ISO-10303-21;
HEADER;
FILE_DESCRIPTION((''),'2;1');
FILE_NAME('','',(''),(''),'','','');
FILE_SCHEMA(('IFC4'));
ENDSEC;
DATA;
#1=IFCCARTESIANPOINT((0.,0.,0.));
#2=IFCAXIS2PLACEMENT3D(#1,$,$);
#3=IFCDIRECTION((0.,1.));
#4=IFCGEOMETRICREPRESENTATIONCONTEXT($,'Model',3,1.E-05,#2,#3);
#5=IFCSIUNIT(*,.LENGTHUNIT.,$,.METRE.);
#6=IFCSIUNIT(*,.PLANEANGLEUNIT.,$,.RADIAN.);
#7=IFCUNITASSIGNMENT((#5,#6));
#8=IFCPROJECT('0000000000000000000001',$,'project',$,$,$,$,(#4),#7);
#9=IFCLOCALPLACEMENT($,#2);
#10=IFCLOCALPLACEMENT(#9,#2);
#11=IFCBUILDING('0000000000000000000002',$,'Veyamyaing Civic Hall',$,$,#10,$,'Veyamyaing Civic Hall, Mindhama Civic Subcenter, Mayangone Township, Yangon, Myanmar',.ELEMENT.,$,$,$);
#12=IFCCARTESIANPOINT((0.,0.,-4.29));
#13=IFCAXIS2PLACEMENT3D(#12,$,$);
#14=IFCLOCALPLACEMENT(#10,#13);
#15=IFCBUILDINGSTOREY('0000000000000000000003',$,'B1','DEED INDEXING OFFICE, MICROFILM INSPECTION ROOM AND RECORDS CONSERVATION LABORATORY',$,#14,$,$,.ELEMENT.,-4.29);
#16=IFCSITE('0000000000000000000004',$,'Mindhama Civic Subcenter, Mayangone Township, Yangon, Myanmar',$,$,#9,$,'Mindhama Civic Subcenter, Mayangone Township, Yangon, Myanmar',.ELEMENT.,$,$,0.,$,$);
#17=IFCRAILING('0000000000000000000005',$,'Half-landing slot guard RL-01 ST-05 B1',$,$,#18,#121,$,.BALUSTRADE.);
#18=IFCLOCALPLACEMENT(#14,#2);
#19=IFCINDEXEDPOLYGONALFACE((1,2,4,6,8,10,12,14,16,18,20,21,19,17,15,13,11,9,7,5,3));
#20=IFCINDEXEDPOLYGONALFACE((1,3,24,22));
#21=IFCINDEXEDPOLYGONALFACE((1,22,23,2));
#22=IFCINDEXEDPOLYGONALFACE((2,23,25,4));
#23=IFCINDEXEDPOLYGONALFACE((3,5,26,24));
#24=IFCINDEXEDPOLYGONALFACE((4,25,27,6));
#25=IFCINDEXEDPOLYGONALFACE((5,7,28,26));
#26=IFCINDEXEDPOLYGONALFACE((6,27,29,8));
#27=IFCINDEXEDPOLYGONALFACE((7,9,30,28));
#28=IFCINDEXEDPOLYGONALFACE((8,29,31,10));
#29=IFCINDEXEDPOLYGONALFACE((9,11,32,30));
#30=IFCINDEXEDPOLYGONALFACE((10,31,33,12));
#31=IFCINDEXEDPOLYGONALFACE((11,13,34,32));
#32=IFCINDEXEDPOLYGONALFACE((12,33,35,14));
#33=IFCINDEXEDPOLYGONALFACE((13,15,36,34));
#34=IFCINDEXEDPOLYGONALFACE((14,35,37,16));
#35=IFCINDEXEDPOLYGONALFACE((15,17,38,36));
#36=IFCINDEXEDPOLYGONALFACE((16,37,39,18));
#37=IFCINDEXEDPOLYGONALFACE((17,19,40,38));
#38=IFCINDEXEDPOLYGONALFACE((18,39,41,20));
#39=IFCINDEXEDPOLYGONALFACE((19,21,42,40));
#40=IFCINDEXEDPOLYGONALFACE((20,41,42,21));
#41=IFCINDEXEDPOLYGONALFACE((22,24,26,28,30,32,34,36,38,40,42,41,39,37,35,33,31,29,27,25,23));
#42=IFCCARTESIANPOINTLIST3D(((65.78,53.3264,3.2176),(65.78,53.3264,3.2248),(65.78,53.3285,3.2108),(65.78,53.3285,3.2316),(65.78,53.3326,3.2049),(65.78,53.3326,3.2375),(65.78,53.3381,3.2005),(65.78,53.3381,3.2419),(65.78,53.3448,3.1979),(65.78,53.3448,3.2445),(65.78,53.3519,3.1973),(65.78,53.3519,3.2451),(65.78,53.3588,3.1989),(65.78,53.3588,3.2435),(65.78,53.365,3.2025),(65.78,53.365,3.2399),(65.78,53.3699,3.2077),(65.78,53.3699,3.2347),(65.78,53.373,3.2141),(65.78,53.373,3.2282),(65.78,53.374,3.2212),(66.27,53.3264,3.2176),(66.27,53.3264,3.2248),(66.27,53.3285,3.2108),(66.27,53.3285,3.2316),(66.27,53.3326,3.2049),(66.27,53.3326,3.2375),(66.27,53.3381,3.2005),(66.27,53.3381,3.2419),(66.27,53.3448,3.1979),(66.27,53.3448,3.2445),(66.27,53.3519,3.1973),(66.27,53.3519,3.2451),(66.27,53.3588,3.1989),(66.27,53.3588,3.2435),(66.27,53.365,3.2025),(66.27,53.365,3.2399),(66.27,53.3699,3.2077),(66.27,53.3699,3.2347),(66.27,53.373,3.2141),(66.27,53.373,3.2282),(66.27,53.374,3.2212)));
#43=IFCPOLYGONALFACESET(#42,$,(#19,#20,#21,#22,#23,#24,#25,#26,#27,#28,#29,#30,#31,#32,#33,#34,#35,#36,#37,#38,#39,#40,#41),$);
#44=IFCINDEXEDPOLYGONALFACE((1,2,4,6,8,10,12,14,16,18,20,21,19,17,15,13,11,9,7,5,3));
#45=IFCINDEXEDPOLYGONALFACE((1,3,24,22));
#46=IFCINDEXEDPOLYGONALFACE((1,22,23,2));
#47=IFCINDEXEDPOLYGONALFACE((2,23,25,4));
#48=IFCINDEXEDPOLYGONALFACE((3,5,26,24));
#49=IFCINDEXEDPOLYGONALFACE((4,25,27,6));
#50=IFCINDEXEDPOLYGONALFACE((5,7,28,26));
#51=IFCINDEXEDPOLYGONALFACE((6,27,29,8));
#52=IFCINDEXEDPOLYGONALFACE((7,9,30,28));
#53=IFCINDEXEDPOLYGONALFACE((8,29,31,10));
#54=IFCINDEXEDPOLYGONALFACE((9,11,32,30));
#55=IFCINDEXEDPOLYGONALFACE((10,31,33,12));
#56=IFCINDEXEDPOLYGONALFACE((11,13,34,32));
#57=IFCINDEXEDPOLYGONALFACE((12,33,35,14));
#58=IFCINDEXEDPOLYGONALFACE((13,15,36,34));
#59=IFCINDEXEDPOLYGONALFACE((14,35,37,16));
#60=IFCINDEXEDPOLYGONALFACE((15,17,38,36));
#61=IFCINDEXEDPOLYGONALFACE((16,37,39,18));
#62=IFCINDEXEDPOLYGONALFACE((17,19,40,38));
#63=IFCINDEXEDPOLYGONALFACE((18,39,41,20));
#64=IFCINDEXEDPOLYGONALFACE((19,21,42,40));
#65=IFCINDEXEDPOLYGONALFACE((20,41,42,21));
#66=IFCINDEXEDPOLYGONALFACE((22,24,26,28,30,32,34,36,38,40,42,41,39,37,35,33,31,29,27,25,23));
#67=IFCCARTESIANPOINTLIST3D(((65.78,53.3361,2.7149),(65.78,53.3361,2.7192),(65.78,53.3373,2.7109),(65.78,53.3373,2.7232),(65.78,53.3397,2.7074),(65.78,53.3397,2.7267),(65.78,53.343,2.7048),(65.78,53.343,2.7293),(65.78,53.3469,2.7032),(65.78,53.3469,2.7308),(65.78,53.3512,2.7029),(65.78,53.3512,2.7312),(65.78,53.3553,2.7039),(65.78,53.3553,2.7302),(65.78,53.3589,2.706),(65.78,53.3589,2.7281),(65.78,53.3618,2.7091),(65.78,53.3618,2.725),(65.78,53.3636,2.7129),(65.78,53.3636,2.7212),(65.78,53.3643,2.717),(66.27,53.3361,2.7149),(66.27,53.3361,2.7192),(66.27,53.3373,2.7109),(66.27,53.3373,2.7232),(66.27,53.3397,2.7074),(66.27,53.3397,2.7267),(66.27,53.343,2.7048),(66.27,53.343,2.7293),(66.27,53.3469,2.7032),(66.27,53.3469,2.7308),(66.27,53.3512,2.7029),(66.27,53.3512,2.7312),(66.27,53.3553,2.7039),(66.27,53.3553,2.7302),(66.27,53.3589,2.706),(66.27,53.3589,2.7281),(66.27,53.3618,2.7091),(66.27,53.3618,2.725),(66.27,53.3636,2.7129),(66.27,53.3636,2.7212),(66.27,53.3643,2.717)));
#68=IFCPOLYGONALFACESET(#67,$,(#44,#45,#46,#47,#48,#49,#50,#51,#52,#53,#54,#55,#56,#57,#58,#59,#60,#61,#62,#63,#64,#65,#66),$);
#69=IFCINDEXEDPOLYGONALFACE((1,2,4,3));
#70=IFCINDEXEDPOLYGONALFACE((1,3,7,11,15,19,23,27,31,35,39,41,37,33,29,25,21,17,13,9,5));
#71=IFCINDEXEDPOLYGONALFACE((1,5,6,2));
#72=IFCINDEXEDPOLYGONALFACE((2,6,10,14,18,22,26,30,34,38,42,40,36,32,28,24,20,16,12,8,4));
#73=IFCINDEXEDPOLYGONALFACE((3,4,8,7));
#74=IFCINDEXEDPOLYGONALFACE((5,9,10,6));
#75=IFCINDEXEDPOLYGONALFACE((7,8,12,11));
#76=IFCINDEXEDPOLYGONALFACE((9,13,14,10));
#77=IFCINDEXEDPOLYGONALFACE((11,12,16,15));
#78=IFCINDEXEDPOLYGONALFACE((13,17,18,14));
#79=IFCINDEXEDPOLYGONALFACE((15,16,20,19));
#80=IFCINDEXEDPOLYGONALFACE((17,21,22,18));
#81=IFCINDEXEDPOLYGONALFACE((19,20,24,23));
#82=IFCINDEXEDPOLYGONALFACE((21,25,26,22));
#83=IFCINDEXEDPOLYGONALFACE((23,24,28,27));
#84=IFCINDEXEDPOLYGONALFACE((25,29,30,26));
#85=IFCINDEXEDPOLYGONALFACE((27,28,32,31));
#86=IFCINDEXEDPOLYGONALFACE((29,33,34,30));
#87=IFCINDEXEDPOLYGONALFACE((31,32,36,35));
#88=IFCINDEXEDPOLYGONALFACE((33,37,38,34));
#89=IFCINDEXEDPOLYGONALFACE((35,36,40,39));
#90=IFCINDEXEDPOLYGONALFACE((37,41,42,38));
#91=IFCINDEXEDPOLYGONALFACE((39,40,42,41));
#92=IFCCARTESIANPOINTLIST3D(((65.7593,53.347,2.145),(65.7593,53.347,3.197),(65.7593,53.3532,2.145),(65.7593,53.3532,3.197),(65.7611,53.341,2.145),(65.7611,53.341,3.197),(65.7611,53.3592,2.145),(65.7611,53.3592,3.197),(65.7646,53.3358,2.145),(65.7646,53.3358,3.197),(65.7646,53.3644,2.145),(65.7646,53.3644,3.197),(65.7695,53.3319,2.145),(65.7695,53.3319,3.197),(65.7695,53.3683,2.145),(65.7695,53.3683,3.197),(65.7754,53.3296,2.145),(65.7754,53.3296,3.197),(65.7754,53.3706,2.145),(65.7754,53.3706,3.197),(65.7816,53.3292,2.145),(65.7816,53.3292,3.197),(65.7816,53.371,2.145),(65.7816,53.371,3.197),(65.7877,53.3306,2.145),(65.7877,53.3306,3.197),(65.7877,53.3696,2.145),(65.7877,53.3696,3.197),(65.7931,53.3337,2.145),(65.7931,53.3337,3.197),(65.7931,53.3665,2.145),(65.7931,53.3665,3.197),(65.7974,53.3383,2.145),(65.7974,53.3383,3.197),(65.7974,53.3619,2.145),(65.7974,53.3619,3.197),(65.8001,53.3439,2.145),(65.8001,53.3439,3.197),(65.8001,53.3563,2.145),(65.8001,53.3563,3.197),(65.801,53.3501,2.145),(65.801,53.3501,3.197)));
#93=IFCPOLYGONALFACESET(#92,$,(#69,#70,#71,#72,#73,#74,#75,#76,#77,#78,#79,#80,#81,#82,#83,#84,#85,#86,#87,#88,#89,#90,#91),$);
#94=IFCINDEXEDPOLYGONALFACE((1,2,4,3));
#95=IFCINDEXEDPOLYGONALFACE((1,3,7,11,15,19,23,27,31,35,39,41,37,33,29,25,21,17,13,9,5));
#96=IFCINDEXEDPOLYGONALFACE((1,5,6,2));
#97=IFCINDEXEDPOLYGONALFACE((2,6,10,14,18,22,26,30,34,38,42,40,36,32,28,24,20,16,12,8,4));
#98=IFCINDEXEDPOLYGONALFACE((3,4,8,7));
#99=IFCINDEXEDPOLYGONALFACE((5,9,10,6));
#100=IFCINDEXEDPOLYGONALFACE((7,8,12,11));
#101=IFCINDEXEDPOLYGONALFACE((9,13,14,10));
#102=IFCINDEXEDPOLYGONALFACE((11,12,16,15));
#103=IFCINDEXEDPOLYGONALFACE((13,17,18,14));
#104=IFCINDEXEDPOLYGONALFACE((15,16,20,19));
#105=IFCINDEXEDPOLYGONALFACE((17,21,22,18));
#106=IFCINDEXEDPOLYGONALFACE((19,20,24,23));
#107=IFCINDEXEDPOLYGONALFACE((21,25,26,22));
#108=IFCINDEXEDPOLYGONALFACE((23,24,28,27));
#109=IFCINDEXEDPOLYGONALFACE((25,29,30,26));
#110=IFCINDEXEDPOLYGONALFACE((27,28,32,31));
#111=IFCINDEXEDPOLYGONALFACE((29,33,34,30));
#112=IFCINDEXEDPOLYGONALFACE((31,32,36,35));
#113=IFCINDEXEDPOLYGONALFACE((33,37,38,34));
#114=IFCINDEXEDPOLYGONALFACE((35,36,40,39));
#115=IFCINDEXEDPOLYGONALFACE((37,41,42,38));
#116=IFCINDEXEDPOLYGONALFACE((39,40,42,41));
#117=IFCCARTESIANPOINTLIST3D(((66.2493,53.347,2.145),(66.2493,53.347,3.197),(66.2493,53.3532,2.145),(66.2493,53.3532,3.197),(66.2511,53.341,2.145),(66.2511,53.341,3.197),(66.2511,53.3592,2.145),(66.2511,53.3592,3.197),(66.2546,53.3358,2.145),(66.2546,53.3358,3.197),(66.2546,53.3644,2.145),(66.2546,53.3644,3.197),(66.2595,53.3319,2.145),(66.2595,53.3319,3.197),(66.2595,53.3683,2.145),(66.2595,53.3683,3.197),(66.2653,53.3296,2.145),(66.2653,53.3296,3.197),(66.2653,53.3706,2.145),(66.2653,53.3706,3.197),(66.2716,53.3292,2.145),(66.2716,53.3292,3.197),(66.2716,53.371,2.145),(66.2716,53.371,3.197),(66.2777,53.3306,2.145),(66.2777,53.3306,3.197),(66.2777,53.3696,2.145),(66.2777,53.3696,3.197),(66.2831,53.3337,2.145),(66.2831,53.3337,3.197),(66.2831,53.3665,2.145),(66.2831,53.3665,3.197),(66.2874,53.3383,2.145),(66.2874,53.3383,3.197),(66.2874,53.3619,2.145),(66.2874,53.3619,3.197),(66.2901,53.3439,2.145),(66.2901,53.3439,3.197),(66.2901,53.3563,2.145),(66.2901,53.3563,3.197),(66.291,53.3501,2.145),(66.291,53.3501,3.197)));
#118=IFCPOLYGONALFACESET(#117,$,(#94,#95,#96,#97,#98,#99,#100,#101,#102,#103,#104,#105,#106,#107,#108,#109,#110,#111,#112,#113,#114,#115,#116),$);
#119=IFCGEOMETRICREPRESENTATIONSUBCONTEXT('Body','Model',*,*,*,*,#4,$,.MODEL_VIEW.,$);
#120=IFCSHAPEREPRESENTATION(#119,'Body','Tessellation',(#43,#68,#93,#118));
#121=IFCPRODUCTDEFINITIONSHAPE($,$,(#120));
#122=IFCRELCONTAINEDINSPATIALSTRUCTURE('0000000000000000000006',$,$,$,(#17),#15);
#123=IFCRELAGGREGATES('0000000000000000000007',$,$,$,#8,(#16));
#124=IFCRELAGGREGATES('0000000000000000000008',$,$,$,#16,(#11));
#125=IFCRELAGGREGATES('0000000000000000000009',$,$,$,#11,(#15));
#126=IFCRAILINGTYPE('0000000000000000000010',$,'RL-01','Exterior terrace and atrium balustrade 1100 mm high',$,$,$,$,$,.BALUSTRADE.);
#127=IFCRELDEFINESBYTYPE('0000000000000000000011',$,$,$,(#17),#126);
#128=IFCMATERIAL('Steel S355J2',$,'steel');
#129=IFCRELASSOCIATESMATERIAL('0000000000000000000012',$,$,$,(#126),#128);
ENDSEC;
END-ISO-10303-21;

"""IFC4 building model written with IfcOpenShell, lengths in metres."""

from ifc_helpers import new_model, si_unit, direction, frame, origin, origin_2d, place, context, subcontext, project, spatial, circle, extrude, material, type_object, element, save


model = new_model("IFC4")

# Units and contexts
model_context = context("Model", 3, precision=1e-05, world=origin(), true_north=direction((0.0, 1.0)))
body_context = subcontext(model_context, "Body", "Model", "MODEL_VIEW")
ifc_project = project(units=[si_unit("LENGTHUNIT", "METRE"), si_unit("PLANEANGLEUNIT", "RADIAN")], contexts=[model_context])

# Site, building, storey
site_placement = place(None, origin())
site = spatial("IfcSite", under=ifc_project, at=site_placement, Name="Mindhama Civic Subcenter, Mayangone Township, Yangon, Myanmar", LongName="Mindhama Civic Subcenter, Mayangone Township, Yangon, Myanmar", CompositionType="ELEMENT", RefElevation=0.0)
building_placement = place(site_placement, origin())
building = spatial("IfcBuilding", under=site, at=building_placement, Name="Veyamyaing Civic Hall", LongName="Veyamyaing Civic Hall, Mindhama Civic Subcenter, Mayangone Township, Yangon, Myanmar", CompositionType="ELEMENT")
storey_placement = place(building_placement, frame((0.0, 0.0, -4.29)))
storey = spatial("IfcBuildingStorey", under=building, at=storey_placement, Name="B1", Description="DEED INDEXING OFFICE, MICROFILM INSPECTION ROOM AND RECORDS CONSERVATION LABORATORY", CompositionType="ELEMENT", Elevation=-4.29)

# Railing
ifc_material_1 = material(Name="Steel S355J2", Category="steel")
railing_type_1 = type_object("IfcRailingType", Name="RL-01", Description="Exterior terrace and atrium balustrade 1100 mm high", PredefinedType="BALUSTRADE", material=ifc_material_1)
railing_1_placement = place(storey_placement, frame((65.78, 53.3501, 2.145)))
element("IfcRailing", 1, at=railing_1_placement, inside=storey, type_object=railing_type_1, Name="Half-landing slot guard RL-01 ST-05 B1", PredefinedType="BALUSTRADE", context=body_context, shape_type="SweptSolid", body=[
    extrude(circle(Radius=0.0239, at=origin_2d()), frame((0.0, 0.0, 1.0762), z_axis=(1.0, 0.0, 0.0), x_axis=(0.0, 1.0, 0.0)), (0.0, 0.0, 1.0), 0.49),
    extrude(circle(Radius=0.0142, at=origin_2d()), frame((0.0, 0.0, 0.572), z_axis=(1.0, 0.0, 0.0), x_axis=(0.0, 1.0, 0.0)), (0.0, 0.0, 1.0), 0.49),
    extrude(circle(Radius=0.021, at=origin_2d()), origin(), (0.0, 0.0, 1.0), 1.052),
    extrude(circle(Radius=0.021, at=origin_2d()), frame((0.49, 0.0, 0.0)), (0.0, 0.0, 1.0), 1.052),
])

save(model, "model.ifc")
